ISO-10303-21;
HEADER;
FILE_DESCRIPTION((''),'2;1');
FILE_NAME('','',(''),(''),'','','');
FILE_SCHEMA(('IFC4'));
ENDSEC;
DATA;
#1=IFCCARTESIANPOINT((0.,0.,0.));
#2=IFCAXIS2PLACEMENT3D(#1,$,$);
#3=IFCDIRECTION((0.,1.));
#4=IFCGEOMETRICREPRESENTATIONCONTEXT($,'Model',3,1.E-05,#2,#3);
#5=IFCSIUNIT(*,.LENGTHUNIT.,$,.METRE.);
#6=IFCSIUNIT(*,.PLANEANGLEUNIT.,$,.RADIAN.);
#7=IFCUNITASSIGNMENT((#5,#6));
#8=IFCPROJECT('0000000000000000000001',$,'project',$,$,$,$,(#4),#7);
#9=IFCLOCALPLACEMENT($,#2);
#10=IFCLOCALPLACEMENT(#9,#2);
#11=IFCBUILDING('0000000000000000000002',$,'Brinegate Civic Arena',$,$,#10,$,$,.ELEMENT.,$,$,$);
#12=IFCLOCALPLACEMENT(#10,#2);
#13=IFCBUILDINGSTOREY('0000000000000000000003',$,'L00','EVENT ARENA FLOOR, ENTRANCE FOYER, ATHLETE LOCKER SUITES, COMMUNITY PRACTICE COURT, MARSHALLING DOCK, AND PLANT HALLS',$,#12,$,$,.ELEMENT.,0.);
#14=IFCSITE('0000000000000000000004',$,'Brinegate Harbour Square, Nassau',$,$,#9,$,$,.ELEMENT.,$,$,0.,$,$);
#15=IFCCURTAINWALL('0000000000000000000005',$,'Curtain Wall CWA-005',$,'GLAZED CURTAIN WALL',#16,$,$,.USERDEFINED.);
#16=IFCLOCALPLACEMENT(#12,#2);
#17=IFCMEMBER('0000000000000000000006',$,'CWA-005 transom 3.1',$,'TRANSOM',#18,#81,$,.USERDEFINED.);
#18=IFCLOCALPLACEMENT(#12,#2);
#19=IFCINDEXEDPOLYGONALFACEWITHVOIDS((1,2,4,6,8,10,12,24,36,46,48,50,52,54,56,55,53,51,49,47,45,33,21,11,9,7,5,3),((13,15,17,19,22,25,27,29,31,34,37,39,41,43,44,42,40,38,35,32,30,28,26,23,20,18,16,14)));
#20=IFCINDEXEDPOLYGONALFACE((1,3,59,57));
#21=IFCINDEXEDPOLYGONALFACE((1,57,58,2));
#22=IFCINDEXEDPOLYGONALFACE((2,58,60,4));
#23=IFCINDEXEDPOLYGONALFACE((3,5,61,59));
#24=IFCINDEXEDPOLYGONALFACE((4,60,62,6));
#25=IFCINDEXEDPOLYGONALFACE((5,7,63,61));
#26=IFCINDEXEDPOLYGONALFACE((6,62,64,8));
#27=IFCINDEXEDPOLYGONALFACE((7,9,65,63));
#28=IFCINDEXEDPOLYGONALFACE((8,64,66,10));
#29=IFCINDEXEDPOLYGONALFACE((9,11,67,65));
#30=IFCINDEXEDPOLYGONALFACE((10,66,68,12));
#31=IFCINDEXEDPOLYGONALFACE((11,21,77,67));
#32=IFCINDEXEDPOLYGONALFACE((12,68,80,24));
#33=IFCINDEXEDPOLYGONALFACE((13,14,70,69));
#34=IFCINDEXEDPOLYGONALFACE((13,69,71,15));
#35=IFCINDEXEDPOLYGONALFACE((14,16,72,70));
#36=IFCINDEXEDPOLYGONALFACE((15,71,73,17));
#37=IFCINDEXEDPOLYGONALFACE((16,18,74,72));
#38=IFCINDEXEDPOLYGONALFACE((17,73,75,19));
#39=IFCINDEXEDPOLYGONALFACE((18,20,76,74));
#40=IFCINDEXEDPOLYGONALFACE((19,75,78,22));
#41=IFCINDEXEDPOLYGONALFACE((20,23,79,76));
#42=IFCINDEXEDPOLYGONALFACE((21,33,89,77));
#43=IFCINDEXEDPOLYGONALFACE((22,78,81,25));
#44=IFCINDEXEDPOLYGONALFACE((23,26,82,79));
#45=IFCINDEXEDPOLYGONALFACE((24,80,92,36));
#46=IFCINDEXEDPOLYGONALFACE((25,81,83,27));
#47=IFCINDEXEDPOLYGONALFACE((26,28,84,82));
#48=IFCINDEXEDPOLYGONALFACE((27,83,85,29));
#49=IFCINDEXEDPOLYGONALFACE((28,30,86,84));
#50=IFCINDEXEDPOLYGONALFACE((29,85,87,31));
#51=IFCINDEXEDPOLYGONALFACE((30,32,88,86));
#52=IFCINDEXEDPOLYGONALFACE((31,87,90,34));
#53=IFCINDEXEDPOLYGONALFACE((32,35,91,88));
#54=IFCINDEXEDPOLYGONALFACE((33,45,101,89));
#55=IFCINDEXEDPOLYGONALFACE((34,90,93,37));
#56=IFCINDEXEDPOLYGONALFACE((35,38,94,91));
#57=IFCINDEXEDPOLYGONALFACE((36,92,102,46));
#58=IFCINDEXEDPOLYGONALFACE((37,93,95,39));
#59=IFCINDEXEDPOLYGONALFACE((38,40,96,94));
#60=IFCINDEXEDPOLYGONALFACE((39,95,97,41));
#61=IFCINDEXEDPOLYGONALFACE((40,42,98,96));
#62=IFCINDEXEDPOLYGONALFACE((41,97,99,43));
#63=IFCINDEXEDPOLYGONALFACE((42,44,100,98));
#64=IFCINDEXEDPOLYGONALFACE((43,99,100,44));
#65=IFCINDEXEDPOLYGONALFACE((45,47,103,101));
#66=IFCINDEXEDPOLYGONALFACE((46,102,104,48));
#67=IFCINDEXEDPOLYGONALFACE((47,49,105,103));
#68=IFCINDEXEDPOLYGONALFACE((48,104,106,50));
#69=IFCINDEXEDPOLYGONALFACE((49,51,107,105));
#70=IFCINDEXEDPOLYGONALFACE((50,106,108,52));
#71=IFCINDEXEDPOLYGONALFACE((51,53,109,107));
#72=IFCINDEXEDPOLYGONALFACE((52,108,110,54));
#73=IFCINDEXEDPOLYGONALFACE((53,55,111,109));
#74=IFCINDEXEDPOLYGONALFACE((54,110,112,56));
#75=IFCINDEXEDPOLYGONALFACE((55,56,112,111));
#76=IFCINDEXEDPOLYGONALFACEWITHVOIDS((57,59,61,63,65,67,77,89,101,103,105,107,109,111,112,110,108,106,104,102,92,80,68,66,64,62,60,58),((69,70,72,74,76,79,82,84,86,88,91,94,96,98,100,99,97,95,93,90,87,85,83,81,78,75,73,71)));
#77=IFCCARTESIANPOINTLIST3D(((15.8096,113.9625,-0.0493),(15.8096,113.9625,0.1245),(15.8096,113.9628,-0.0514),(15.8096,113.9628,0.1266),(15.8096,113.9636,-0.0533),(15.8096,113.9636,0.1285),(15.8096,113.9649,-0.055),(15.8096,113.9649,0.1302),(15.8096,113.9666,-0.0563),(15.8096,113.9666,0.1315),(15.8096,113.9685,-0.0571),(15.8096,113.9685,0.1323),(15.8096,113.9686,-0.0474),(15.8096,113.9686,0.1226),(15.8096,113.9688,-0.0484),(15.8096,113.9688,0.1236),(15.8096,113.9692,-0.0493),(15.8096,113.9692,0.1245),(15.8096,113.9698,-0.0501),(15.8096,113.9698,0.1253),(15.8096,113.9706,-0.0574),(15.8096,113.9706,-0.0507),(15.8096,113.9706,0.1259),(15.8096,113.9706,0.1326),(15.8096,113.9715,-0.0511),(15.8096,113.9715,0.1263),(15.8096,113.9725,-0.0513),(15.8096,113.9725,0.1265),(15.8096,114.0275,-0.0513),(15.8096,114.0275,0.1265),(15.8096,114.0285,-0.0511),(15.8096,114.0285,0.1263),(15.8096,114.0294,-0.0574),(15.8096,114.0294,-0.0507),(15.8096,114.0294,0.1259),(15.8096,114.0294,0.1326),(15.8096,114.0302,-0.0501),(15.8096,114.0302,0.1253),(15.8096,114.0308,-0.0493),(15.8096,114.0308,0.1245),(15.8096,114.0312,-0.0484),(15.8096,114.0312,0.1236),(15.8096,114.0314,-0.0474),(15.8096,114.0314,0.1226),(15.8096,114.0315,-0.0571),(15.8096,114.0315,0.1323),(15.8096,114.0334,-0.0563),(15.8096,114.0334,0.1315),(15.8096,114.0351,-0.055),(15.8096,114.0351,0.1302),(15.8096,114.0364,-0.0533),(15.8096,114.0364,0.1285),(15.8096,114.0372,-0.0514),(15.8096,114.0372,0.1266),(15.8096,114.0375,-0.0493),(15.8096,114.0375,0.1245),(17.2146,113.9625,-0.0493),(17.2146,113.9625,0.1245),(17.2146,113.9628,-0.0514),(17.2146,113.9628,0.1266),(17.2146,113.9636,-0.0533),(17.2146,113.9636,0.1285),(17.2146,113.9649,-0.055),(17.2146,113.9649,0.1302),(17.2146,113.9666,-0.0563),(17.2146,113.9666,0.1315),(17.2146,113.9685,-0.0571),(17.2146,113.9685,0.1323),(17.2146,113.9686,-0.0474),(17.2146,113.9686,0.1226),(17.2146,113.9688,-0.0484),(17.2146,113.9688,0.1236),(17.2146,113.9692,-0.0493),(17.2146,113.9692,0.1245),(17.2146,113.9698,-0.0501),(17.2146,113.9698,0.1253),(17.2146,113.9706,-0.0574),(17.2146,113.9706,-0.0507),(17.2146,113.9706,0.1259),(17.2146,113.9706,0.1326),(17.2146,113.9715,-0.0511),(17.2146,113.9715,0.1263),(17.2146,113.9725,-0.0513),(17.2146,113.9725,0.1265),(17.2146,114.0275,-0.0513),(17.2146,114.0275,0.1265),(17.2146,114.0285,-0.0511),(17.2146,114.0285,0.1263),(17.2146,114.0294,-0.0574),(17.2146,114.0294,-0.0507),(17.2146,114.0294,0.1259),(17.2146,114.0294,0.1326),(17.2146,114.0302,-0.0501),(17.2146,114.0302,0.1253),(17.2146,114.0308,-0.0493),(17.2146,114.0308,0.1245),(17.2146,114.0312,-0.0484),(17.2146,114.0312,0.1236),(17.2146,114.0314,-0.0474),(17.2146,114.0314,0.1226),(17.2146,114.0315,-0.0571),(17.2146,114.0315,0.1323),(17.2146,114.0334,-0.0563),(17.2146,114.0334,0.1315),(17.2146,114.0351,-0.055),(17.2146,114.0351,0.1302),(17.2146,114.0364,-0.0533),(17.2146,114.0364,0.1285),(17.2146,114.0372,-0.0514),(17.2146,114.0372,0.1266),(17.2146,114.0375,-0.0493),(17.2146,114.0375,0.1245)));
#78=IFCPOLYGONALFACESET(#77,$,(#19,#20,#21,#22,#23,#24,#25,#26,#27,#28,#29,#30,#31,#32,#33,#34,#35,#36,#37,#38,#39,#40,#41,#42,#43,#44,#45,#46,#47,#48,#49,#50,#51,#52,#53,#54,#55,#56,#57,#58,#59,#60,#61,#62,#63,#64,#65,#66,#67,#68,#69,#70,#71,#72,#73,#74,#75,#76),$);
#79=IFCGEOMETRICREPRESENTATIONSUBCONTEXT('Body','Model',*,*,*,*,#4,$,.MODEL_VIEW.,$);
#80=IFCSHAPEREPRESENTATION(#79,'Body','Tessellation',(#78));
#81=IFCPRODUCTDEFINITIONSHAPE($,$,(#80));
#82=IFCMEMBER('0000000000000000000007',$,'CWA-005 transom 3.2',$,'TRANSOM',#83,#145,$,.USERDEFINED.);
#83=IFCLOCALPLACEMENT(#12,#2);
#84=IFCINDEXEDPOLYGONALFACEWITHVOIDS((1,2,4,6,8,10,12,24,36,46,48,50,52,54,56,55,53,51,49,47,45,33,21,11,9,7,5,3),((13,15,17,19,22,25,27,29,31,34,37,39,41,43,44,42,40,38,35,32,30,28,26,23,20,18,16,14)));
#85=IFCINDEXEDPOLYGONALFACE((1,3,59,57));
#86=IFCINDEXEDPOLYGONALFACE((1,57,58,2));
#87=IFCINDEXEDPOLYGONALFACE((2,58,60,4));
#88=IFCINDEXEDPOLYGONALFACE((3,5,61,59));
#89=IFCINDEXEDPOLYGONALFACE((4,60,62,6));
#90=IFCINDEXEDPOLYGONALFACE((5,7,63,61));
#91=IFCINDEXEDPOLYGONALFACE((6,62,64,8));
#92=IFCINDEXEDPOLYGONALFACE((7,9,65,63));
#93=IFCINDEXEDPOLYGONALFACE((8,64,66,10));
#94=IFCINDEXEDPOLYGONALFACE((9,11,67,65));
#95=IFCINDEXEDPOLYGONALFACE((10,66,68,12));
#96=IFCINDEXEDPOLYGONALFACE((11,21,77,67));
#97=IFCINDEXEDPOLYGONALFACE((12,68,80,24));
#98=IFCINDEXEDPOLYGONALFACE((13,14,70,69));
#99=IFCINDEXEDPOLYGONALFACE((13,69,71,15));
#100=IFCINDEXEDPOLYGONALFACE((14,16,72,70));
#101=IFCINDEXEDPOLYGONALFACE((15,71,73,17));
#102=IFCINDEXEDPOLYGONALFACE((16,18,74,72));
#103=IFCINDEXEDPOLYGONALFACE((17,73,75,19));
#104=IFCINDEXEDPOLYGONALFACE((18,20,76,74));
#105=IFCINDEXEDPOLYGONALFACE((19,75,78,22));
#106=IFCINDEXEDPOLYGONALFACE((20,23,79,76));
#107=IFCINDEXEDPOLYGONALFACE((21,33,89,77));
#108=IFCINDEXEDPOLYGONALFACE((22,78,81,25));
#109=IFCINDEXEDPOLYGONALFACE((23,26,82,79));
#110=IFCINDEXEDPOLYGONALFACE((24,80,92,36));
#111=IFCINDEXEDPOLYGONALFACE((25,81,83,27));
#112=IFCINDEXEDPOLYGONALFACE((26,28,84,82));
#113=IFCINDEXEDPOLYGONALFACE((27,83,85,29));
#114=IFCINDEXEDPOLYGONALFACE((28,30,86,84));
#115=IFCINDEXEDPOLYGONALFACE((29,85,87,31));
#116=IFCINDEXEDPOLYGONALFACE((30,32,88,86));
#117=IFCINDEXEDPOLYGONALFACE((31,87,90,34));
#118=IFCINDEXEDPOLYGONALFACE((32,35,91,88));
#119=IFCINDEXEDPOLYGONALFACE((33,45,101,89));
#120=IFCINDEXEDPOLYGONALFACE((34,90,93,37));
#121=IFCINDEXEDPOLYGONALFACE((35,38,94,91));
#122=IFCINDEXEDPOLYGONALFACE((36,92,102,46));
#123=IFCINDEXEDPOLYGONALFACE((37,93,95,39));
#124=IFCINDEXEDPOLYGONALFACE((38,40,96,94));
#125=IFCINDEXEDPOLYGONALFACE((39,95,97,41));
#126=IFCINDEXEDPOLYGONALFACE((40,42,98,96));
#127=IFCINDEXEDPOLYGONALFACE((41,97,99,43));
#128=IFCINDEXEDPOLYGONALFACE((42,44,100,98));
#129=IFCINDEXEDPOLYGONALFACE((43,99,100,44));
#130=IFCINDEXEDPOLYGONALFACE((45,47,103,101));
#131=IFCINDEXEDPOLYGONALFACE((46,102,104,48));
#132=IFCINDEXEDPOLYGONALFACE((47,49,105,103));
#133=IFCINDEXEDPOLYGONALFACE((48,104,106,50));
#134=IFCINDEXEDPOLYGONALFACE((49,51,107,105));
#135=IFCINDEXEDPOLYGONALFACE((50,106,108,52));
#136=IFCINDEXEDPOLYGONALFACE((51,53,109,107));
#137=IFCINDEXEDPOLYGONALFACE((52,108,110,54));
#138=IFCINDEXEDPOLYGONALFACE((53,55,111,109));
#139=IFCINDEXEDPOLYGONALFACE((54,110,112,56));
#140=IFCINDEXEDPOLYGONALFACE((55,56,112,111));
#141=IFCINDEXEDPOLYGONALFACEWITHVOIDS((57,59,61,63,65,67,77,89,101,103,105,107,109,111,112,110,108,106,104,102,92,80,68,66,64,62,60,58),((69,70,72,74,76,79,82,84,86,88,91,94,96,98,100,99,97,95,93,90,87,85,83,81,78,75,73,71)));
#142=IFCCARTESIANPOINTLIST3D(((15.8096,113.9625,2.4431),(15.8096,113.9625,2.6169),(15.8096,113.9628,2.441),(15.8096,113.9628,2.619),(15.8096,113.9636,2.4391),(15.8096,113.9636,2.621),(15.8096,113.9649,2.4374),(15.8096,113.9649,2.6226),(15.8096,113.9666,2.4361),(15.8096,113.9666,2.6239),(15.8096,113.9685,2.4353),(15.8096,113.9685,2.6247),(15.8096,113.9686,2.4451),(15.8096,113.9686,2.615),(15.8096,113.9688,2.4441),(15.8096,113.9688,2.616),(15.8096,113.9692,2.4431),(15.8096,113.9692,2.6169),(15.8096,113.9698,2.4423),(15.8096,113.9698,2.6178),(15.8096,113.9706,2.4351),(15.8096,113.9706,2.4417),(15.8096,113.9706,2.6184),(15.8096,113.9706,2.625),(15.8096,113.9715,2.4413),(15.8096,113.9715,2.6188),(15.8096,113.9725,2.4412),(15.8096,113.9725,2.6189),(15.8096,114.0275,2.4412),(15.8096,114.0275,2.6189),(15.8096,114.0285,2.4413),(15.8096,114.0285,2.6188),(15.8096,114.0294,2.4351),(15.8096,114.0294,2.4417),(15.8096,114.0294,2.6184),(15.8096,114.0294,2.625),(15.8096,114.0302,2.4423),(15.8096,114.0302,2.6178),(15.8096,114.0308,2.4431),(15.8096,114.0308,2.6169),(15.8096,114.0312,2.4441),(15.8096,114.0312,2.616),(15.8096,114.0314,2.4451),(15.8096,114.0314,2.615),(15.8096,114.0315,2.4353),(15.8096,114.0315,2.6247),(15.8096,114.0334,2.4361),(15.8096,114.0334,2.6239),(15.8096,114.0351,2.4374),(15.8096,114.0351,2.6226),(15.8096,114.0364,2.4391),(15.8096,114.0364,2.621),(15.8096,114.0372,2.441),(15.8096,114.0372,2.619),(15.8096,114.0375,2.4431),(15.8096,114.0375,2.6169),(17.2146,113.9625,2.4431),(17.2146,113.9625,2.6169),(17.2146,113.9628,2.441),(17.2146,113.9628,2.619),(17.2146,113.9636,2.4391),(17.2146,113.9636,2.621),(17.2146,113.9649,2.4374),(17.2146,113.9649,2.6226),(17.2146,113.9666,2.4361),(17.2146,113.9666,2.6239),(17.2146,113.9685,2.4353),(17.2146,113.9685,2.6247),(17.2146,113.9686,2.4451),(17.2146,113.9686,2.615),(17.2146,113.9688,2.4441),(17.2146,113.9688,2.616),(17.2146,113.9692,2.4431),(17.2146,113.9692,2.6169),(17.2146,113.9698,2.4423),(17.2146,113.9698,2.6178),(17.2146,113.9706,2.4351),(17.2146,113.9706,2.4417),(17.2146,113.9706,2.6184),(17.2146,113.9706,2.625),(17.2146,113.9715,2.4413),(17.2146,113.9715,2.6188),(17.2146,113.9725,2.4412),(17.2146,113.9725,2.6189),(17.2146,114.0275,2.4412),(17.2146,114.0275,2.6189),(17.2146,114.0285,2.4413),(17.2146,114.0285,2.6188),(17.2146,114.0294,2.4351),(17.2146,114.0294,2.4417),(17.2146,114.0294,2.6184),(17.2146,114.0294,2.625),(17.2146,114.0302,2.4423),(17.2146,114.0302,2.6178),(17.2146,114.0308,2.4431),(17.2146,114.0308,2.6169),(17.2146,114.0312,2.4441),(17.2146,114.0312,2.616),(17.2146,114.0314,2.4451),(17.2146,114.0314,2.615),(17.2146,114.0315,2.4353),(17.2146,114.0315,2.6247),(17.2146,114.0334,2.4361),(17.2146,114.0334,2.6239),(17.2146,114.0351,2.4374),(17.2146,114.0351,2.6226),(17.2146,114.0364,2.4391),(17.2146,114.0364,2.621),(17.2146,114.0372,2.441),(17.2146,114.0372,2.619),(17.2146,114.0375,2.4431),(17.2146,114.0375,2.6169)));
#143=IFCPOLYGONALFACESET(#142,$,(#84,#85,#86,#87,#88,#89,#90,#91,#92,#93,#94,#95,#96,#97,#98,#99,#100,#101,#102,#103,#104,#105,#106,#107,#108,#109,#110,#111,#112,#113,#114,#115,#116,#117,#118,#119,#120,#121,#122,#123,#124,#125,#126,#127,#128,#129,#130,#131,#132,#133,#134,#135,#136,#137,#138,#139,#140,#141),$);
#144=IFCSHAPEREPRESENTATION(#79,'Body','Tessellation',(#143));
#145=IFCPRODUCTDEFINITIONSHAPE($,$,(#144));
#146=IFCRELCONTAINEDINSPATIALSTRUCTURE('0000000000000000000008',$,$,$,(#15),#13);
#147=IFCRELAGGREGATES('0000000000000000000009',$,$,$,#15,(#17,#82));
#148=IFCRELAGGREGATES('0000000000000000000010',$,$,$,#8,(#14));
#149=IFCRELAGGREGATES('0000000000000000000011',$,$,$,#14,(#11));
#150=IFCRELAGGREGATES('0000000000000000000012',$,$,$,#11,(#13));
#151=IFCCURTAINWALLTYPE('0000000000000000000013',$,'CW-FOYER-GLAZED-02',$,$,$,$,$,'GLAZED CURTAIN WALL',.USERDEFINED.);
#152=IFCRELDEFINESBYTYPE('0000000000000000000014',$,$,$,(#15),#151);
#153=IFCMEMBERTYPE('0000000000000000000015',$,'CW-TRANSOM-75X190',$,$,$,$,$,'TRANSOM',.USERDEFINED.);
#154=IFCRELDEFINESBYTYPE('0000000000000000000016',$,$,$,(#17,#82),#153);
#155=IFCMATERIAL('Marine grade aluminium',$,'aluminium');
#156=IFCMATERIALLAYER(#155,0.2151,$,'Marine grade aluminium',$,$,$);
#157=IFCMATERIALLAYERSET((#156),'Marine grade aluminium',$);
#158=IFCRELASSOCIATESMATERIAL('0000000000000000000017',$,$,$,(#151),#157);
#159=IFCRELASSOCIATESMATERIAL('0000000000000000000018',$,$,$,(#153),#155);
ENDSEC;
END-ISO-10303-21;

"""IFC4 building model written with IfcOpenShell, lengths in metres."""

from ifc_helpers import new_model, si_unit, direction, frame, origin, origin_2d, place, context, subcontext, project, spatial, hollow_rectangle, extrude, material, layer, layer_set, material_profile, profile_set, type_object, element, aggregate, save


model = new_model("IFC4")

# Units and contexts
model_context = context("Model", 3, precision=1e-05, world=origin(), true_north=direction((0.0, 1.0)))
body_context = subcontext(model_context, "Body", "Model", "MODEL_VIEW")
ifc_project = project(units=[si_unit("LENGTHUNIT", "METRE"), si_unit("PLANEANGLEUNIT", "RADIAN")], contexts=[model_context])

# Site, building, storey
site_placement = place(None, origin())
site = spatial("IfcSite", under=ifc_project, at=site_placement, Name="Brinegate Harbour Square, Nassau", CompositionType="ELEMENT", RefElevation=0.0)
building_placement = place(site_placement, origin())
building = spatial("IfcBuilding", under=site, at=building_placement, Name="Brinegate Civic Arena", CompositionType="ELEMENT")
storey_placement = place(building_placement, origin())
storey = spatial("IfcBuildingStorey", under=building, at=storey_placement, Name="L00", Description="EVENT ARENA FLOOR, ENTRANCE FOYER, ATHLETE LOCKER SUITES, COMMUNITY PRACTICE COURT, MARSHALLING DOCK, AND PLANT HALLS", CompositionType="ELEMENT", Elevation=0.0)

# Curtain wall, members
ifc_material_1 = material(Name="Marine grade aluminium", Category="aluminium")
ifc_layer_1 = layer(ifc_material_1, 0.2151, Name="Marine grade aluminium")
ifc_layer_set_1 = layer_set([ifc_layer_1], Name="Marine grade aluminium")
curtain_wall_type = type_object("IfcCurtainWallType", Name="CW-FOYER-GLAZED-02", ElementType="GLAZED CURTAIN WALL", PredefinedType="USERDEFINED", material=ifc_layer_set_1)
curtain_wall_placement = place(storey_placement, origin())
curtain_wall = element("IfcCurtainWall", 1, at=curtain_wall_placement, inside=storey, type_object=curtain_wall_type, Name="Curtain Wall CWA-005", ObjectType="GLAZED CURTAIN WALL", PredefinedType="USERDEFINED")
ifc_material_profile_1 = material_profile(ifc_material_1, hollow_rectangle(XDim=0.075, YDim=0.1899, WallThickness=0.0061, InnerFilletRadius=0.0039, OuterFilletRadius=0.0081, at=origin_2d()), Name="TRN75X190")
ifc_profile_set_1 = profile_set([ifc_material_profile_1], Name="Marine grade aluminium")
member_type_1 = type_object("IfcMemberType", Name="CW-TRANSOM-75X190", ElementType="TRANSOM", PredefinedType="USERDEFINED", material=ifc_profile_set_1)
member_1_placement = place(storey_placement, frame((15.8096, 114.0, 0.0376), z_axis=(1.0, 0.0, 0.0), x_axis=(0.0, 1.0, 0.0)))
member_1 = element("IfcMember", 2, at=member_1_placement, type_object=member_type_1, Name="CWA-005 transom 3.1", ObjectType="TRANSOM", PredefinedType="USERDEFINED", context=body_context, shape_type="SweptSolid", body=[
    extrude(hollow_rectangle(XDim=0.075, YDim=0.1899, WallThickness=0.0061, InnerFilletRadius=0.0039, OuterFilletRadius=0.0081, at=origin_2d()), origin(), (0.0, 0.0, 1.0), 1.405),
])
member_2_placement = place(storey_placement, frame((15.8096, 114.0, 2.53), z_axis=(1.0, 0.0, 0.0), x_axis=(0.0, 1.0, 0.0)))
member_2 = element("IfcMember", 3, at=member_2_placement, type_object=member_type_1, Name="CWA-005 transom 3.2", ObjectType="TRANSOM", PredefinedType="USERDEFINED", context=body_context, shape_type="SweptSolid", body=[
    extrude(hollow_rectangle(XDim=0.075, YDim=0.1899, WallThickness=0.0061, InnerFilletRadius=0.0039, OuterFilletRadius=0.0081, at=origin_2d()), origin(), (0.0, 0.0, 1.0), 1.405),
])
aggregate(curtain_wall, [member_1, member_2])

save(model, "model.ifc")
